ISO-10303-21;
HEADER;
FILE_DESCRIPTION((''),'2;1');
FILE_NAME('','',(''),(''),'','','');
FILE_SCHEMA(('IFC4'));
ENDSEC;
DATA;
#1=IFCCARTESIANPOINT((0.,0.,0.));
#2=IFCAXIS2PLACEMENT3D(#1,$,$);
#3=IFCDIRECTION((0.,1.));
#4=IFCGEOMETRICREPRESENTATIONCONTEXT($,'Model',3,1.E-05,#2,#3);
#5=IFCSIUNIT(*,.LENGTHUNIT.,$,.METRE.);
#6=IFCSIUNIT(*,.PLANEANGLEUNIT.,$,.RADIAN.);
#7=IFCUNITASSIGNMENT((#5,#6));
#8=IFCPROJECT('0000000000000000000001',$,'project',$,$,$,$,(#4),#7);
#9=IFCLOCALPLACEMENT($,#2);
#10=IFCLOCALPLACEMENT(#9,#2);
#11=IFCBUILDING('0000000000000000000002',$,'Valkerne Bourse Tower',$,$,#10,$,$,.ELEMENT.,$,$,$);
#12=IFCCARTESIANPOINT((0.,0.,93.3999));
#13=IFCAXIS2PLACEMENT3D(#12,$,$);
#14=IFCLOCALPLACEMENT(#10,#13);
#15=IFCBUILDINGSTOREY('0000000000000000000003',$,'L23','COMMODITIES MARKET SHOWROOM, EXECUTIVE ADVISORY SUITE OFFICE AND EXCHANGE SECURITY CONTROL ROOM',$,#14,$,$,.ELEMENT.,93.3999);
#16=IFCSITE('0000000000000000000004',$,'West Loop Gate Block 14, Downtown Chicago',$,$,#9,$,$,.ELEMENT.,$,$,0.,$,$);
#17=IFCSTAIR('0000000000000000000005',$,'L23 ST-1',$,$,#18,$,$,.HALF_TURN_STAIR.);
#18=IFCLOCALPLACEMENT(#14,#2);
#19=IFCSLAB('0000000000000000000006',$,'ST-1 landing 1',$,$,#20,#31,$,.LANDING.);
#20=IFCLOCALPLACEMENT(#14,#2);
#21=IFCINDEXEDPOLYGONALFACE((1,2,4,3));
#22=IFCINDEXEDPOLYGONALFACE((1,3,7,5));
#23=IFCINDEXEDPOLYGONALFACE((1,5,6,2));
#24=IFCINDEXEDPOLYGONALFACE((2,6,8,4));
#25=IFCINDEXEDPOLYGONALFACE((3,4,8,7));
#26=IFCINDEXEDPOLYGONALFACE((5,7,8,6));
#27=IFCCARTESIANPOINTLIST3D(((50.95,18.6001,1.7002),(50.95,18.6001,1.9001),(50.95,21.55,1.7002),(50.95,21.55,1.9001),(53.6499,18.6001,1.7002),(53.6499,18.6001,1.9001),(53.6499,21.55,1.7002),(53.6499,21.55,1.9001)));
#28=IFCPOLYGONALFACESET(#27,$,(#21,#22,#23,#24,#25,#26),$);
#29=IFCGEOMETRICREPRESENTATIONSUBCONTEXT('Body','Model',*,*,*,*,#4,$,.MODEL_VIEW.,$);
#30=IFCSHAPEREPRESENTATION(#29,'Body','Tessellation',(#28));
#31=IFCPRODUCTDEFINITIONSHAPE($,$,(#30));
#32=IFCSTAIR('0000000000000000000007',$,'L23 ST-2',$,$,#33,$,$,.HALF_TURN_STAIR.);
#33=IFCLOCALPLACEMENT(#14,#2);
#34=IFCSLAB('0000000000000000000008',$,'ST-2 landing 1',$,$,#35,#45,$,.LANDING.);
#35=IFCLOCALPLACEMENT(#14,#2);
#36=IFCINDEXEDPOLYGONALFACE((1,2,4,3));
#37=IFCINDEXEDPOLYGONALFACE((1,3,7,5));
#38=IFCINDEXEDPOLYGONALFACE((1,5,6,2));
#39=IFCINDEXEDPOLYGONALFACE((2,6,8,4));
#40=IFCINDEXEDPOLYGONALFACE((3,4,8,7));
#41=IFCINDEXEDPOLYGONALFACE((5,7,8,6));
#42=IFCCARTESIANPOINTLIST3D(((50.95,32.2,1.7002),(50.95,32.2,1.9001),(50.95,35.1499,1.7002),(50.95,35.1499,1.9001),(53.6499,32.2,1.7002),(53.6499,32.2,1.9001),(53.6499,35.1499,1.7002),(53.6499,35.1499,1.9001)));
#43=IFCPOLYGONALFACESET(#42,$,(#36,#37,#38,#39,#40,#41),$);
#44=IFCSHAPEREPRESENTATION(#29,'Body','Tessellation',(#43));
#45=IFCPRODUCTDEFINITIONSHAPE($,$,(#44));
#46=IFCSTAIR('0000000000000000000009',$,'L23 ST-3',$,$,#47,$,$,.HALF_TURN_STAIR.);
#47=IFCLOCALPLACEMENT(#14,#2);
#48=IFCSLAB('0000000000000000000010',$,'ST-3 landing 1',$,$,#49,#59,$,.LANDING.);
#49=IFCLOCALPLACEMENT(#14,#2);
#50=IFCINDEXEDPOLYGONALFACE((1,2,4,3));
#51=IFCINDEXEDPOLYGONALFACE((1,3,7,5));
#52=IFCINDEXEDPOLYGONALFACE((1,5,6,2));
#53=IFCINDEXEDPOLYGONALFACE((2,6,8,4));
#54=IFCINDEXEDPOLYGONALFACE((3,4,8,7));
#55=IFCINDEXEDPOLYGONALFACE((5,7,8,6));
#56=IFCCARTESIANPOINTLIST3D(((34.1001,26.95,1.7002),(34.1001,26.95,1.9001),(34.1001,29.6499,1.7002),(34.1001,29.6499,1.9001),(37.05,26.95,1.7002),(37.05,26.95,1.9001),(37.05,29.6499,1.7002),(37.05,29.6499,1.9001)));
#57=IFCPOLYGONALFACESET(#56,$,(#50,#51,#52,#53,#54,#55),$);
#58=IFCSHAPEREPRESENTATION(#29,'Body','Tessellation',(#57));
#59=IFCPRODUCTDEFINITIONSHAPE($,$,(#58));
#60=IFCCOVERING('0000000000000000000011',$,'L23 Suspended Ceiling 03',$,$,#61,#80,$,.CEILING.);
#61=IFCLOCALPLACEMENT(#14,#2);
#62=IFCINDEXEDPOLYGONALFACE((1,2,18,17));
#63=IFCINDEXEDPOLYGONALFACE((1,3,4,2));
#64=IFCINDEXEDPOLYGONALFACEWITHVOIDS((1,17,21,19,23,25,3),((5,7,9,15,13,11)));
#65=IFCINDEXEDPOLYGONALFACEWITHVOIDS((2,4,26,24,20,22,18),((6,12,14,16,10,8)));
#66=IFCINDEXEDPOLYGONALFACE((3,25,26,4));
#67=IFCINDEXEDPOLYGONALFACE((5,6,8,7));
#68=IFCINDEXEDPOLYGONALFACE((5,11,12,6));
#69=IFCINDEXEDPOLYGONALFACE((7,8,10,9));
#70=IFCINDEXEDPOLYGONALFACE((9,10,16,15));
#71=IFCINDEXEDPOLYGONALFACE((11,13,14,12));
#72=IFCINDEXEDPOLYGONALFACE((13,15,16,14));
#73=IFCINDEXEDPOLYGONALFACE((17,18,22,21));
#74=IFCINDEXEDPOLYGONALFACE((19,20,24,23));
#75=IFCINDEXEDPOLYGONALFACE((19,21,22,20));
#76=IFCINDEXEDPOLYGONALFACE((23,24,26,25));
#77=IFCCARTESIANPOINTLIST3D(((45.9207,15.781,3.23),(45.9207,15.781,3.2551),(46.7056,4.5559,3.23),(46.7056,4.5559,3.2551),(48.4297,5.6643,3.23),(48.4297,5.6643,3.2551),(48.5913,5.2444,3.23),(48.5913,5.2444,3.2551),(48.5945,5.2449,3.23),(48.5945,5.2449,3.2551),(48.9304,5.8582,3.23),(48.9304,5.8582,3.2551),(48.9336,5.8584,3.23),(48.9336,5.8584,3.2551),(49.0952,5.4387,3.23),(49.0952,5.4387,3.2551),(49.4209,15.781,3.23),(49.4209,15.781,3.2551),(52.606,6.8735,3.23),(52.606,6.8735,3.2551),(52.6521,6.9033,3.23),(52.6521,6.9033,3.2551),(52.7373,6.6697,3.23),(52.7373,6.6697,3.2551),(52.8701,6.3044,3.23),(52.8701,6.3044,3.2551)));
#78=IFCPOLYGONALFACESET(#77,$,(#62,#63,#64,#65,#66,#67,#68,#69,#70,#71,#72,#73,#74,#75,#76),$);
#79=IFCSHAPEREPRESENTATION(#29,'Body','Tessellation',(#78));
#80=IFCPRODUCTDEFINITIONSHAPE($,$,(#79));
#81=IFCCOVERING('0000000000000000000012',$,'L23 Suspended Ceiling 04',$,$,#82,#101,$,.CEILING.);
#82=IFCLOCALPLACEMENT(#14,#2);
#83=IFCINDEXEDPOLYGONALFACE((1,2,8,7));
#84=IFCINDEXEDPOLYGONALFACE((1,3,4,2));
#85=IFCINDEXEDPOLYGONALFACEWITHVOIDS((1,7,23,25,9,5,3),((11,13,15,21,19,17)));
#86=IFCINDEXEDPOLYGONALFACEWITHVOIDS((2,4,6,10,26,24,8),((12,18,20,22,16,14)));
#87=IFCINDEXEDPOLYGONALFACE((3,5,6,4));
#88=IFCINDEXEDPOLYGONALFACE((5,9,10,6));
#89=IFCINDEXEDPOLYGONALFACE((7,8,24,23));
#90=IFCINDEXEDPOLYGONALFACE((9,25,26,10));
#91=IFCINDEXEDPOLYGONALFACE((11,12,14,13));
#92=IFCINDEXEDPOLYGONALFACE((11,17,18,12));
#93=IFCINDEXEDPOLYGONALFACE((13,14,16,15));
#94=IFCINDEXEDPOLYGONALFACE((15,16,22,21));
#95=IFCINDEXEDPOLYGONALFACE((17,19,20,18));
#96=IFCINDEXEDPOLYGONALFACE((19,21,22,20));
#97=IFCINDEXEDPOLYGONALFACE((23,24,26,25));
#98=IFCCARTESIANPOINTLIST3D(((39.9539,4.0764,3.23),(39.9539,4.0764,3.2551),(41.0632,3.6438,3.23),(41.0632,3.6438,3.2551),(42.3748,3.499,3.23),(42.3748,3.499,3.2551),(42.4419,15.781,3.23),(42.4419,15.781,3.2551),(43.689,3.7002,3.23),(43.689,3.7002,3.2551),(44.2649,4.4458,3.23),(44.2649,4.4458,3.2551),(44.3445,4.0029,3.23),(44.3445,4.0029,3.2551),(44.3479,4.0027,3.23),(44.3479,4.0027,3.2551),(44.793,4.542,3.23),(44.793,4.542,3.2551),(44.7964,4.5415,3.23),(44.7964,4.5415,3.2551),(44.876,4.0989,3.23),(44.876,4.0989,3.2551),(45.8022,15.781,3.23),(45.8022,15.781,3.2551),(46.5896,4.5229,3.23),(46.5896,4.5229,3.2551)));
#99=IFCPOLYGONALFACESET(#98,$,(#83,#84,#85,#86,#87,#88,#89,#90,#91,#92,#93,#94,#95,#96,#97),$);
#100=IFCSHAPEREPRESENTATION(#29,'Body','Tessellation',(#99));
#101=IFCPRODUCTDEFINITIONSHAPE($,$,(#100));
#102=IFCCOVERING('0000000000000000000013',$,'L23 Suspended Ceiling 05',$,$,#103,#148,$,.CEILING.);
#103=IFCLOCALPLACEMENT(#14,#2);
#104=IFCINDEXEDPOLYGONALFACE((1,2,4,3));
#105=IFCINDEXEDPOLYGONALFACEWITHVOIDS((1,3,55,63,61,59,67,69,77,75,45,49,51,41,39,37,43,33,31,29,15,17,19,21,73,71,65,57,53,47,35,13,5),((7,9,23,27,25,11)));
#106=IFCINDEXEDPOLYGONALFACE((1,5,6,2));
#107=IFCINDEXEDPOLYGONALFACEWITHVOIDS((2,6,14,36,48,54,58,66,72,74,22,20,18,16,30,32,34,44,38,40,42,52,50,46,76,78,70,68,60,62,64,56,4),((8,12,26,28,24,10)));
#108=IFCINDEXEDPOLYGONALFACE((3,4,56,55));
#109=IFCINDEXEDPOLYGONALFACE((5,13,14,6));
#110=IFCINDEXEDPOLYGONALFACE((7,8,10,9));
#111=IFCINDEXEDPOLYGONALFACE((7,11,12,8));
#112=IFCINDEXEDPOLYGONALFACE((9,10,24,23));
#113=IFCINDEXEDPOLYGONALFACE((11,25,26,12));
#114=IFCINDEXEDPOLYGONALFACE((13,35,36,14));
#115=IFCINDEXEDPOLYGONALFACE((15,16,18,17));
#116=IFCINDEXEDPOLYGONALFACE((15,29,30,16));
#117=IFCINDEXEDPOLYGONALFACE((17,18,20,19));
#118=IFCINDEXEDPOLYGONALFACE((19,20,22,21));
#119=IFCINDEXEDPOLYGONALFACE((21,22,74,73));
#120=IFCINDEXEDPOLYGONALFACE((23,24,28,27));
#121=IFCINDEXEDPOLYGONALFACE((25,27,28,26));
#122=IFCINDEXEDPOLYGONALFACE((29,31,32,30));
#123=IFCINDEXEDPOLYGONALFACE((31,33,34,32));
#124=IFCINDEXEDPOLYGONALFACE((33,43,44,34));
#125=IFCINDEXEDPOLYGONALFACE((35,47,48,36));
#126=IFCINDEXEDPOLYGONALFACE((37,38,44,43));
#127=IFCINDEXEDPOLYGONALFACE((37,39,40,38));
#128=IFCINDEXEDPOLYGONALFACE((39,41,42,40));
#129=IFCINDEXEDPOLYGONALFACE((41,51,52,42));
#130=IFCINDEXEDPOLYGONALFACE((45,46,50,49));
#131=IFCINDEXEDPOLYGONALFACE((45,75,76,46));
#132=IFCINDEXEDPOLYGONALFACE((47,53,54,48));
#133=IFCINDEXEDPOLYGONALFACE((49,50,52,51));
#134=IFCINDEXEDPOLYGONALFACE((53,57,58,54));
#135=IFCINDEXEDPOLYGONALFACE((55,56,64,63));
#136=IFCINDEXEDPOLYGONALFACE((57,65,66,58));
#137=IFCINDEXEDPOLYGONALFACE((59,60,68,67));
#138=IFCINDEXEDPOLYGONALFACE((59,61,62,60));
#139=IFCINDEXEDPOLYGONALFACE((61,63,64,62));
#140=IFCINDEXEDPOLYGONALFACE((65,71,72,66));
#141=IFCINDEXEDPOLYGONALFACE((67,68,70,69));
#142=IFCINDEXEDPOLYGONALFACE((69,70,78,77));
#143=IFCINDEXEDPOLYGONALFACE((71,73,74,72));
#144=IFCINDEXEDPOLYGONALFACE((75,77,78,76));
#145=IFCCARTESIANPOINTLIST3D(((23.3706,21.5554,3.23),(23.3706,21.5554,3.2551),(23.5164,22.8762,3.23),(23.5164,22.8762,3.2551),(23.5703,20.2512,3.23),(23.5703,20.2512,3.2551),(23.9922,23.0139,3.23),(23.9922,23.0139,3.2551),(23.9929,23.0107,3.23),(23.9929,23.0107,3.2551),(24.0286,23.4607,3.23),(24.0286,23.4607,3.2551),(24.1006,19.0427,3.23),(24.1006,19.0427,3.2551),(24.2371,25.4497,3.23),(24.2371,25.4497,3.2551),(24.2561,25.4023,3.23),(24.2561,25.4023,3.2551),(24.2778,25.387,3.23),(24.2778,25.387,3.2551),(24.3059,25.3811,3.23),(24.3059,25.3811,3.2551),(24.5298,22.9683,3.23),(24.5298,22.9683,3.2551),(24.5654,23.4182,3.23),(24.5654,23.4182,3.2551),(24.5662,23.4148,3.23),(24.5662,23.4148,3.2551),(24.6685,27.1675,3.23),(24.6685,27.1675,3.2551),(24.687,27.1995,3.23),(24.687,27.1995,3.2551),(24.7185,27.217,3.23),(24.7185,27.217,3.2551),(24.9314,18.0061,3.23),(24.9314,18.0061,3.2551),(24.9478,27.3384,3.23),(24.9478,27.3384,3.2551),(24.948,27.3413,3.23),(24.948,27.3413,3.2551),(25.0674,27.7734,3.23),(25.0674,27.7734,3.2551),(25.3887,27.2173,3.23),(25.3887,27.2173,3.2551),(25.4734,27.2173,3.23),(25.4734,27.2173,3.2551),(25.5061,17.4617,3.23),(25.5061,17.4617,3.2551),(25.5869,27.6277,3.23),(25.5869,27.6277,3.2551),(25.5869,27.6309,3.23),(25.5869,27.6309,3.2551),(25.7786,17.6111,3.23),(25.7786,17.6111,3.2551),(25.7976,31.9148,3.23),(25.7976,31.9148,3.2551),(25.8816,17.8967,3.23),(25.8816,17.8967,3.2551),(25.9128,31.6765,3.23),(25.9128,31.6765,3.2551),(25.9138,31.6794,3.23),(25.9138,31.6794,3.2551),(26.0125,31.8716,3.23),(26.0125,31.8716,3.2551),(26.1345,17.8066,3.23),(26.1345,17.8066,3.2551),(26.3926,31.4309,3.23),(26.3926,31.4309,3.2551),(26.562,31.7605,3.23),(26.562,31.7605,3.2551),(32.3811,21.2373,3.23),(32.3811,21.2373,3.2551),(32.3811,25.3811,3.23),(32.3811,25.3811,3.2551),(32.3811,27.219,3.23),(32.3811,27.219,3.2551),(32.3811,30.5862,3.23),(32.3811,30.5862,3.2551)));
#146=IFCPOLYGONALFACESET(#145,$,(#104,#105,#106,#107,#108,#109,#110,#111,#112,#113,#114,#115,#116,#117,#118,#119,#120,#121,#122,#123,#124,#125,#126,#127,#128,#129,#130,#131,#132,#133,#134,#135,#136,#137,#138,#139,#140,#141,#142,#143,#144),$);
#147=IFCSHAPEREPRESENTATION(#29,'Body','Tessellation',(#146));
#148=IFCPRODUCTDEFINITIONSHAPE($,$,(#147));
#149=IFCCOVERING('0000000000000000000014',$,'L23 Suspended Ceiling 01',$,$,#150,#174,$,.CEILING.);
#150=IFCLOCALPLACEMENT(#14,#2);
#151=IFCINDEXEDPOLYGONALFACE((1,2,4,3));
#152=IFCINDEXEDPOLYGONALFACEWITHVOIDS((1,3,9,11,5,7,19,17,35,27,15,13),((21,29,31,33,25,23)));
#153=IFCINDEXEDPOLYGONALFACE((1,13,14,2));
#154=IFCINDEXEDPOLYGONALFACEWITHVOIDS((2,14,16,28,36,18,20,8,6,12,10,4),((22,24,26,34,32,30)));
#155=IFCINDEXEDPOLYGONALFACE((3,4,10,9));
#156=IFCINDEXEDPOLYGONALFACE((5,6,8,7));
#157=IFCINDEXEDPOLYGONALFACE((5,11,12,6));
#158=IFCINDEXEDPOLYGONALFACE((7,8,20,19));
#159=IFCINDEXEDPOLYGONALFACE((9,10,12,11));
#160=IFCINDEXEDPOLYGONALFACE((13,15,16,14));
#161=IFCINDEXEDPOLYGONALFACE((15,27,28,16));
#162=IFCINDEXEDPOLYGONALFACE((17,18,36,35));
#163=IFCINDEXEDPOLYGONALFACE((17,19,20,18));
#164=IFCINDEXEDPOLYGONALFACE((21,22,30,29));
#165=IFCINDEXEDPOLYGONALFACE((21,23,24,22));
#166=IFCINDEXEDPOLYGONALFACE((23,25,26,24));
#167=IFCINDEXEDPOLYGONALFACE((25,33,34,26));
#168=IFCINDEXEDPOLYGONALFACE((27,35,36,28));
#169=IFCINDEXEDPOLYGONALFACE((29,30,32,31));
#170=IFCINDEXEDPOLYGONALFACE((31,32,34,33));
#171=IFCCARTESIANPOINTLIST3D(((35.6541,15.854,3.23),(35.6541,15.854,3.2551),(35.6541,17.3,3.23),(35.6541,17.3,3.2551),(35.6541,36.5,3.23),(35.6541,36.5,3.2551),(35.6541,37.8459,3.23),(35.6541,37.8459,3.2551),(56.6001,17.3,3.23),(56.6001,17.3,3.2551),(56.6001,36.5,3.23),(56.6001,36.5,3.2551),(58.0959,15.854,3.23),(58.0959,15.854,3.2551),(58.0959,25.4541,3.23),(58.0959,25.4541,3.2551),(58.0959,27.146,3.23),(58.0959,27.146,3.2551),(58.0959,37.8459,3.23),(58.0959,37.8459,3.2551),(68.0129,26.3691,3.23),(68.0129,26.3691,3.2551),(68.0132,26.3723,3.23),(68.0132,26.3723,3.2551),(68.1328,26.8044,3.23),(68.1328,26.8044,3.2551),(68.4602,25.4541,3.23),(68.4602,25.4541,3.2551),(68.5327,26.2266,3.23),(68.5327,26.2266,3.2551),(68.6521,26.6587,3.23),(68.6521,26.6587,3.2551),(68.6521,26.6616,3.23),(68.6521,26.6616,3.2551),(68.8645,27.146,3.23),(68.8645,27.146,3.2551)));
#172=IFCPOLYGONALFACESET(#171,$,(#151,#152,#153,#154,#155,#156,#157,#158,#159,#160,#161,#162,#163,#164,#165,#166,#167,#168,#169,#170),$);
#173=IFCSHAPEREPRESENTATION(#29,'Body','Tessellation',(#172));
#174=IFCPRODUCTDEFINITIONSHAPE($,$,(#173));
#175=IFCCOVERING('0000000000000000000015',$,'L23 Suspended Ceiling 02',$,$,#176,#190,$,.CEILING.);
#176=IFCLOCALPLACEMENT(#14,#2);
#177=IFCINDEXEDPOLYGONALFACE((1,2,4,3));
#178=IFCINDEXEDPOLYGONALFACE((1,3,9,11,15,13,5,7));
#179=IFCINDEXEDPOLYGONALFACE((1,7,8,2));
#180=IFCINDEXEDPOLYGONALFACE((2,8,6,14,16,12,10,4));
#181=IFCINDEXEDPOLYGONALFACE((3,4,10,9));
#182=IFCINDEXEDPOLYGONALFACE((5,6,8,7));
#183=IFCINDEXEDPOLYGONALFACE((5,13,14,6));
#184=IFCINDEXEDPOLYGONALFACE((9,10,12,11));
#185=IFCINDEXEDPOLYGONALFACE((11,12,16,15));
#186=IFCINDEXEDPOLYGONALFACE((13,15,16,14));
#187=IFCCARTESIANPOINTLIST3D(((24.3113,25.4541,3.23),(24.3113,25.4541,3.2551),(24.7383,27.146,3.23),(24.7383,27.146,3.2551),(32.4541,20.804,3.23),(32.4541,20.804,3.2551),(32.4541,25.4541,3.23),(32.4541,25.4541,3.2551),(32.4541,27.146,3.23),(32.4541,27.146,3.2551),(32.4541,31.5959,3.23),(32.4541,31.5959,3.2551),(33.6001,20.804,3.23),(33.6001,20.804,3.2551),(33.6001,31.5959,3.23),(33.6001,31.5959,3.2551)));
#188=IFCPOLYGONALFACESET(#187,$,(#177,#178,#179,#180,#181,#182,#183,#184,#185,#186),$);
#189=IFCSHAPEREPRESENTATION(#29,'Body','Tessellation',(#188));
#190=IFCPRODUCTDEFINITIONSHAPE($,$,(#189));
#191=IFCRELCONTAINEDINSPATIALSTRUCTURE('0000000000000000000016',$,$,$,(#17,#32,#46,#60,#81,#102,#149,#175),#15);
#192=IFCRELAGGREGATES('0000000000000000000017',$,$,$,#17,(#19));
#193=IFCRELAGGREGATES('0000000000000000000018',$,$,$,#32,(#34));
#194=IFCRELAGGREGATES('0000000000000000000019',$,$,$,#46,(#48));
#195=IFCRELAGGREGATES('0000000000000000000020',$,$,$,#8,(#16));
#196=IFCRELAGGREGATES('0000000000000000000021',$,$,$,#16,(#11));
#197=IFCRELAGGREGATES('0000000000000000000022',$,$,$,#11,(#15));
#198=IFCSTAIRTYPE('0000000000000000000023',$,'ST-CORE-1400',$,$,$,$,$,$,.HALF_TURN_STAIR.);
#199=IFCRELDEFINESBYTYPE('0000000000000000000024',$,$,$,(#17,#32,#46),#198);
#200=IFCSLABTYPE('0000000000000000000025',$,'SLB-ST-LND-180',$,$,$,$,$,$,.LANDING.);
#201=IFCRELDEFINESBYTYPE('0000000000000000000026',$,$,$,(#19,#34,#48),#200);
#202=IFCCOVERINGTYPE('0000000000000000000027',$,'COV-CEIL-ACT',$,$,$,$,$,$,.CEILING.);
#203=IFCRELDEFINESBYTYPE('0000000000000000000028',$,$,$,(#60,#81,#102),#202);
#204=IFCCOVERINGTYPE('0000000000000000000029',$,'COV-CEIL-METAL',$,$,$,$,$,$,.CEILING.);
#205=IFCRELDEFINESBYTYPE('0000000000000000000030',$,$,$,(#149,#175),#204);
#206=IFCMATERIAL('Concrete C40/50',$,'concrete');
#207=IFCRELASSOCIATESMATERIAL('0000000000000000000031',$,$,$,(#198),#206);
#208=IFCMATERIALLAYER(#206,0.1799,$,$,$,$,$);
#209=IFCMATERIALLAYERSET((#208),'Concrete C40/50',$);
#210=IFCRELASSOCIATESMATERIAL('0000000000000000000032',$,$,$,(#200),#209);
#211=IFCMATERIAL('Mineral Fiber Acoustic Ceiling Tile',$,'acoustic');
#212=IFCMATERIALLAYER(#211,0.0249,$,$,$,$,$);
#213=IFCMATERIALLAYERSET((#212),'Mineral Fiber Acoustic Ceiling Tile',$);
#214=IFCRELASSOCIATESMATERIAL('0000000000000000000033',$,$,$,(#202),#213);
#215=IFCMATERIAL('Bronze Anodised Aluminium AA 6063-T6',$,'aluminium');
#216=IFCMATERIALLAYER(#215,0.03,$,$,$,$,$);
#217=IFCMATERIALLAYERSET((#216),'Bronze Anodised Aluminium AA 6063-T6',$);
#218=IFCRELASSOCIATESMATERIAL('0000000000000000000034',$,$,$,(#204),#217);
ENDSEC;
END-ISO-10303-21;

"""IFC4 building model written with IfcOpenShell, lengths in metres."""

from ifc_helpers import new_model, si_unit, direction, frame, origin, place, context, subcontext, project, spatial, polyline, outline, extrude, material, layer, layer_set, type_object, element, aggregate, save


model = new_model("IFC4")

# Units and contexts
model_context = context("Model", 3, precision=1e-05, world=origin(), true_north=direction((0.0, 1.0)))
body_context = subcontext(model_context, "Body", "Model", "MODEL_VIEW")
ifc_project = project(units=[si_unit("LENGTHUNIT", "METRE"), si_unit("PLANEANGLEUNIT", "RADIAN")], contexts=[model_context])

# Site, building, storey
site_placement = place(None, origin())
site = spatial("IfcSite", under=ifc_project, at=site_placement, Name="West Loop Gate Block 14, Downtown Chicago", CompositionType="ELEMENT", RefElevation=0.0)
building_placement = place(site_placement, origin())
building = spatial("IfcBuilding", under=site, at=building_placement, Name="Valkerne Bourse Tower", CompositionType="ELEMENT")
storey_placement = place(building_placement, frame((0.0, 0.0, 93.3999)))
storey = spatial("IfcBuildingStorey", under=building, at=storey_placement, Name="L23", Description="COMMODITIES MARKET SHOWROOM, EXECUTIVE ADVISORY SUITE OFFICE AND EXCHANGE SECURITY CONTROL ROOM", CompositionType="ELEMENT", Elevation=93.3999)

# Stairs, slabs
ifc_material_1 = material(Name="Concrete C40/50", Category="concrete")
stair_type = type_object("IfcStairType", Name="ST-CORE-1400", PredefinedType="HALF_TURN_STAIR", material=ifc_material_1)
stair_1_placement = place(storey_placement, origin())
stair_1 = element("IfcStair", 1, at=stair_1_placement, inside=storey, type_object=stair_type, Name="L23 ST-1", PredefinedType="HALF_TURN_STAIR")
ifc_layer_1 = layer(ifc_material_1, 0.1799)
ifc_layer_set_1 = layer_set([ifc_layer_1], Name="Concrete C40/50")
slab_type = type_object("IfcSlabType", Name="SLB-ST-LND-180", PredefinedType="LANDING", material=ifc_layer_set_1)
slab_1_placement = place(storey_placement, frame((0.0, 0.0, 1.7002)))
slab_1 = element("IfcSlab", 2, at=slab_1_placement, type_object=slab_type, Name="ST-1 landing 1", PredefinedType="LANDING", context=body_context, shape_type="SweptSolid", body=[
    extrude(outline(polyline([(50.95, 18.6001), (53.6499, 18.6001), (53.6499, 21.55), (50.95, 21.55), (50.95, 18.6001)])), origin(), (0.0, 0.0, 1.0), 0.2),
])
aggregate(stair_1, [slab_1])
stair_2_placement = place(storey_placement, origin())
stair_2 = element("IfcStair", 3, at=stair_2_placement, inside=storey, type_object=stair_type, Name="L23 ST-2", PredefinedType="HALF_TURN_STAIR")
slab_2_placement = place(storey_placement, frame((0.0, 0.0, 1.7002)))
slab_2 = element("IfcSlab", 4, at=slab_2_placement, type_object=slab_type, Name="ST-2 landing 1", PredefinedType="LANDING", context=body_context, shape_type="SweptSolid", body=[
    extrude(outline(polyline([(50.95, 32.2), (53.6499, 32.2), (53.6499, 35.1499), (50.95, 35.1499), (50.95, 32.2)])), origin(), (0.0, 0.0, 1.0), 0.2),
])
aggregate(stair_2, [slab_2])
stair_3_placement = place(storey_placement, origin())
stair_3 = element("IfcStair", 5, at=stair_3_placement, inside=storey, type_object=stair_type, Name="L23 ST-3", PredefinedType="HALF_TURN_STAIR")
slab_3_placement = place(storey_placement, frame((0.0, 0.0, 1.7002)))
slab_3 = element("IfcSlab", 6, at=slab_3_placement, type_object=slab_type, Name="ST-3 landing 1", PredefinedType="LANDING", context=body_context, shape_type="SweptSolid", body=[
    extrude(outline(polyline([(37.05, 26.95), (37.05, 29.6499), (34.1001, 29.6499), (34.1001, 26.95), (37.05, 26.95)])), origin(), (0.0, 0.0, 1.0), 0.2),
])
aggregate(stair_3, [slab_3])

# Coverings
ifc_material_2 = material(Name="Mineral Fiber Acoustic Ceiling Tile", Category="acoustic")
ifc_layer_2 = layer(ifc_material_2, 0.0249)
ifc_layer_set_2 = layer_set([ifc_layer_2], Name="Mineral Fiber Acoustic Ceiling Tile")
covering_type_1 = type_object("IfcCoveringType", Name="COV-CEIL-ACT", PredefinedType="CEILING", material=ifc_layer_set_2)
covering_1_placement = place(storey_placement, frame((0.0, 0.0, 3.23)))
element("IfcCovering", 7, at=covering_1_placement, inside=storey, type_object=covering_type_1, Name="L23 Suspended Ceiling 03", PredefinedType="CEILING", context=body_context, shape_type="SweptSolid", body=[
    extrude(outline(polyline([(49.4209, 15.781), (52.6521, 6.9033), (52.606, 6.8735), (52.7373, 6.6697), (52.8701, 6.3044), (46.7056, 4.5559), (45.9207, 15.781), (49.4209, 15.781)]), holes=[polyline([(49.0952, 5.4387), (48.9336, 5.8584), (48.9304, 5.8582), (48.4297, 5.6643), (48.5913, 5.2444), (48.5945, 5.2449), (49.0952, 5.4387)])]), origin(), (0.0, 0.0, 1.0), 0.0251),
])
covering_2_placement = place(storey_placement, frame((0.0, 0.0, 3.23)))
element("IfcCovering", 8, at=covering_2_placement, inside=storey, type_object=covering_type_1, Name="L23 Suspended Ceiling 04", PredefinedType="CEILING", context=body_context, shape_type="SweptSolid", body=[
    extrude(outline(polyline([(41.0632, 3.6438), (39.9539, 4.0764), (42.4419, 15.781), (45.8022, 15.781), (46.5896, 4.5229), (43.689, 3.7002), (42.3748, 3.499), (41.0632, 3.6438)]), holes=[polyline([(44.876, 4.0989), (44.7964, 4.5415), (44.793, 4.542), (44.2649, 4.4458), (44.3445, 4.0029), (44.3479, 4.0027), (44.876, 4.0989)])]), origin(), (0.0, 0.0, 1.0), 0.0251),
])
covering_3_placement = place(storey_placement, frame((0.0, 0.0, 3.23)))
element("IfcCovering", 9, at=covering_3_placement, inside=storey, type_object=covering_type_1, Name="L23 Suspended Ceiling 05", PredefinedType="CEILING", context=body_context, shape_type="SweptSolid", body=[
    extrude(outline(polyline([(23.5703, 20.2512), (23.3706, 21.5554), (23.5164, 22.8762), (25.7976, 31.9148), (26.0125, 31.8716), (25.9138, 31.6794), (25.9128, 31.6765), (26.3926, 31.4309), (26.562, 31.7605), (32.3811, 30.5862), (32.3811, 27.219), (25.4734, 27.2173), (25.5869, 27.6277), (25.5869, 27.6309), (25.0674, 27.7734), (24.948, 27.3413), (24.9478, 27.3384), (25.3887, 27.2173), (24.7185, 27.217), (24.687, 27.1995), (24.6685, 27.1675), (24.2371, 25.4497), (24.2561, 25.4023), (24.2778, 25.387), (24.3059, 25.3811), (32.3811, 25.3811), (32.3811, 21.2373), (26.1345, 17.8066), (25.8816, 17.8967), (25.7786, 17.6111), (25.5061, 17.4617), (24.9314, 18.0061), (24.1006, 19.0427), (23.5703, 20.2512)]), holes=[polyline([(24.5654, 23.4182), (24.0286, 23.4607), (23.9922, 23.0139), (23.9929, 23.0107), (24.5298, 22.9683), (24.5662, 23.4148), (24.5654, 23.4182)])]), origin(), (0.0, 0.0, 1.0), 0.0251),
])
ifc_material_3 = material(Name="Bronze Anodised Aluminium AA 6063-T6", Category="aluminium")
ifc_layer_3 = layer(ifc_material_3, 0.03)
ifc_layer_set_3 = layer_set([ifc_layer_3], Name="Bronze Anodised Aluminium AA 6063-T6")
covering_type_2 = type_object("IfcCoveringType", Name="COV-CEIL-METAL", PredefinedType="CEILING", material=ifc_layer_set_3)
covering_4_placement = place(storey_placement, frame((0.0, 0.0, 3.23)))
element("IfcCovering", 10, at=covering_4_placement, inside=storey, type_object=covering_type_2, Name="L23 Suspended Ceiling 01", PredefinedType="CEILING", context=body_context, shape_type="SweptSolid", body=[
    extrude(outline(polyline([(68.8645, 27.146), (68.4602, 25.4541), (58.0959, 25.4541), (58.0959, 15.854), (35.6541, 15.854), (35.6541, 17.3), (56.6001, 17.3), (56.6001, 36.5), (35.6541, 36.5), (35.6541, 37.8459), (58.0959, 37.8459), (58.0959, 27.146), (68.8645, 27.146)]), holes=[polyline([(68.6521, 26.6587), (68.6521, 26.6616), (68.1328, 26.8044), (68.0132, 26.3723), (68.0129, 26.3691), (68.5327, 26.2266), (68.6521, 26.6587)])]), origin(), (0.0, 0.0, 1.0), 0.0251),
])
covering_5_placement = place(storey_placement, frame((0.0, 0.0, 3.23)))
element("IfcCovering", 11, at=covering_5_placement, inside=storey, type_object=covering_type_2, Name="L23 Suspended Ceiling 02", PredefinedType="CEILING", context=body_context, shape_type="SweptSolid", body=[
    extrude(outline(polyline([(32.4541, 20.804), (32.4541, 25.4541), (24.3113, 25.4541), (24.7383, 27.146), (32.4541, 27.146), (32.4541, 31.5959), (33.6001, 31.5959), (33.6001, 20.804), (32.4541, 20.804)])), origin(), (0.0, 0.0, 1.0), 0.0251),
])

save(model, "model.ifc")
